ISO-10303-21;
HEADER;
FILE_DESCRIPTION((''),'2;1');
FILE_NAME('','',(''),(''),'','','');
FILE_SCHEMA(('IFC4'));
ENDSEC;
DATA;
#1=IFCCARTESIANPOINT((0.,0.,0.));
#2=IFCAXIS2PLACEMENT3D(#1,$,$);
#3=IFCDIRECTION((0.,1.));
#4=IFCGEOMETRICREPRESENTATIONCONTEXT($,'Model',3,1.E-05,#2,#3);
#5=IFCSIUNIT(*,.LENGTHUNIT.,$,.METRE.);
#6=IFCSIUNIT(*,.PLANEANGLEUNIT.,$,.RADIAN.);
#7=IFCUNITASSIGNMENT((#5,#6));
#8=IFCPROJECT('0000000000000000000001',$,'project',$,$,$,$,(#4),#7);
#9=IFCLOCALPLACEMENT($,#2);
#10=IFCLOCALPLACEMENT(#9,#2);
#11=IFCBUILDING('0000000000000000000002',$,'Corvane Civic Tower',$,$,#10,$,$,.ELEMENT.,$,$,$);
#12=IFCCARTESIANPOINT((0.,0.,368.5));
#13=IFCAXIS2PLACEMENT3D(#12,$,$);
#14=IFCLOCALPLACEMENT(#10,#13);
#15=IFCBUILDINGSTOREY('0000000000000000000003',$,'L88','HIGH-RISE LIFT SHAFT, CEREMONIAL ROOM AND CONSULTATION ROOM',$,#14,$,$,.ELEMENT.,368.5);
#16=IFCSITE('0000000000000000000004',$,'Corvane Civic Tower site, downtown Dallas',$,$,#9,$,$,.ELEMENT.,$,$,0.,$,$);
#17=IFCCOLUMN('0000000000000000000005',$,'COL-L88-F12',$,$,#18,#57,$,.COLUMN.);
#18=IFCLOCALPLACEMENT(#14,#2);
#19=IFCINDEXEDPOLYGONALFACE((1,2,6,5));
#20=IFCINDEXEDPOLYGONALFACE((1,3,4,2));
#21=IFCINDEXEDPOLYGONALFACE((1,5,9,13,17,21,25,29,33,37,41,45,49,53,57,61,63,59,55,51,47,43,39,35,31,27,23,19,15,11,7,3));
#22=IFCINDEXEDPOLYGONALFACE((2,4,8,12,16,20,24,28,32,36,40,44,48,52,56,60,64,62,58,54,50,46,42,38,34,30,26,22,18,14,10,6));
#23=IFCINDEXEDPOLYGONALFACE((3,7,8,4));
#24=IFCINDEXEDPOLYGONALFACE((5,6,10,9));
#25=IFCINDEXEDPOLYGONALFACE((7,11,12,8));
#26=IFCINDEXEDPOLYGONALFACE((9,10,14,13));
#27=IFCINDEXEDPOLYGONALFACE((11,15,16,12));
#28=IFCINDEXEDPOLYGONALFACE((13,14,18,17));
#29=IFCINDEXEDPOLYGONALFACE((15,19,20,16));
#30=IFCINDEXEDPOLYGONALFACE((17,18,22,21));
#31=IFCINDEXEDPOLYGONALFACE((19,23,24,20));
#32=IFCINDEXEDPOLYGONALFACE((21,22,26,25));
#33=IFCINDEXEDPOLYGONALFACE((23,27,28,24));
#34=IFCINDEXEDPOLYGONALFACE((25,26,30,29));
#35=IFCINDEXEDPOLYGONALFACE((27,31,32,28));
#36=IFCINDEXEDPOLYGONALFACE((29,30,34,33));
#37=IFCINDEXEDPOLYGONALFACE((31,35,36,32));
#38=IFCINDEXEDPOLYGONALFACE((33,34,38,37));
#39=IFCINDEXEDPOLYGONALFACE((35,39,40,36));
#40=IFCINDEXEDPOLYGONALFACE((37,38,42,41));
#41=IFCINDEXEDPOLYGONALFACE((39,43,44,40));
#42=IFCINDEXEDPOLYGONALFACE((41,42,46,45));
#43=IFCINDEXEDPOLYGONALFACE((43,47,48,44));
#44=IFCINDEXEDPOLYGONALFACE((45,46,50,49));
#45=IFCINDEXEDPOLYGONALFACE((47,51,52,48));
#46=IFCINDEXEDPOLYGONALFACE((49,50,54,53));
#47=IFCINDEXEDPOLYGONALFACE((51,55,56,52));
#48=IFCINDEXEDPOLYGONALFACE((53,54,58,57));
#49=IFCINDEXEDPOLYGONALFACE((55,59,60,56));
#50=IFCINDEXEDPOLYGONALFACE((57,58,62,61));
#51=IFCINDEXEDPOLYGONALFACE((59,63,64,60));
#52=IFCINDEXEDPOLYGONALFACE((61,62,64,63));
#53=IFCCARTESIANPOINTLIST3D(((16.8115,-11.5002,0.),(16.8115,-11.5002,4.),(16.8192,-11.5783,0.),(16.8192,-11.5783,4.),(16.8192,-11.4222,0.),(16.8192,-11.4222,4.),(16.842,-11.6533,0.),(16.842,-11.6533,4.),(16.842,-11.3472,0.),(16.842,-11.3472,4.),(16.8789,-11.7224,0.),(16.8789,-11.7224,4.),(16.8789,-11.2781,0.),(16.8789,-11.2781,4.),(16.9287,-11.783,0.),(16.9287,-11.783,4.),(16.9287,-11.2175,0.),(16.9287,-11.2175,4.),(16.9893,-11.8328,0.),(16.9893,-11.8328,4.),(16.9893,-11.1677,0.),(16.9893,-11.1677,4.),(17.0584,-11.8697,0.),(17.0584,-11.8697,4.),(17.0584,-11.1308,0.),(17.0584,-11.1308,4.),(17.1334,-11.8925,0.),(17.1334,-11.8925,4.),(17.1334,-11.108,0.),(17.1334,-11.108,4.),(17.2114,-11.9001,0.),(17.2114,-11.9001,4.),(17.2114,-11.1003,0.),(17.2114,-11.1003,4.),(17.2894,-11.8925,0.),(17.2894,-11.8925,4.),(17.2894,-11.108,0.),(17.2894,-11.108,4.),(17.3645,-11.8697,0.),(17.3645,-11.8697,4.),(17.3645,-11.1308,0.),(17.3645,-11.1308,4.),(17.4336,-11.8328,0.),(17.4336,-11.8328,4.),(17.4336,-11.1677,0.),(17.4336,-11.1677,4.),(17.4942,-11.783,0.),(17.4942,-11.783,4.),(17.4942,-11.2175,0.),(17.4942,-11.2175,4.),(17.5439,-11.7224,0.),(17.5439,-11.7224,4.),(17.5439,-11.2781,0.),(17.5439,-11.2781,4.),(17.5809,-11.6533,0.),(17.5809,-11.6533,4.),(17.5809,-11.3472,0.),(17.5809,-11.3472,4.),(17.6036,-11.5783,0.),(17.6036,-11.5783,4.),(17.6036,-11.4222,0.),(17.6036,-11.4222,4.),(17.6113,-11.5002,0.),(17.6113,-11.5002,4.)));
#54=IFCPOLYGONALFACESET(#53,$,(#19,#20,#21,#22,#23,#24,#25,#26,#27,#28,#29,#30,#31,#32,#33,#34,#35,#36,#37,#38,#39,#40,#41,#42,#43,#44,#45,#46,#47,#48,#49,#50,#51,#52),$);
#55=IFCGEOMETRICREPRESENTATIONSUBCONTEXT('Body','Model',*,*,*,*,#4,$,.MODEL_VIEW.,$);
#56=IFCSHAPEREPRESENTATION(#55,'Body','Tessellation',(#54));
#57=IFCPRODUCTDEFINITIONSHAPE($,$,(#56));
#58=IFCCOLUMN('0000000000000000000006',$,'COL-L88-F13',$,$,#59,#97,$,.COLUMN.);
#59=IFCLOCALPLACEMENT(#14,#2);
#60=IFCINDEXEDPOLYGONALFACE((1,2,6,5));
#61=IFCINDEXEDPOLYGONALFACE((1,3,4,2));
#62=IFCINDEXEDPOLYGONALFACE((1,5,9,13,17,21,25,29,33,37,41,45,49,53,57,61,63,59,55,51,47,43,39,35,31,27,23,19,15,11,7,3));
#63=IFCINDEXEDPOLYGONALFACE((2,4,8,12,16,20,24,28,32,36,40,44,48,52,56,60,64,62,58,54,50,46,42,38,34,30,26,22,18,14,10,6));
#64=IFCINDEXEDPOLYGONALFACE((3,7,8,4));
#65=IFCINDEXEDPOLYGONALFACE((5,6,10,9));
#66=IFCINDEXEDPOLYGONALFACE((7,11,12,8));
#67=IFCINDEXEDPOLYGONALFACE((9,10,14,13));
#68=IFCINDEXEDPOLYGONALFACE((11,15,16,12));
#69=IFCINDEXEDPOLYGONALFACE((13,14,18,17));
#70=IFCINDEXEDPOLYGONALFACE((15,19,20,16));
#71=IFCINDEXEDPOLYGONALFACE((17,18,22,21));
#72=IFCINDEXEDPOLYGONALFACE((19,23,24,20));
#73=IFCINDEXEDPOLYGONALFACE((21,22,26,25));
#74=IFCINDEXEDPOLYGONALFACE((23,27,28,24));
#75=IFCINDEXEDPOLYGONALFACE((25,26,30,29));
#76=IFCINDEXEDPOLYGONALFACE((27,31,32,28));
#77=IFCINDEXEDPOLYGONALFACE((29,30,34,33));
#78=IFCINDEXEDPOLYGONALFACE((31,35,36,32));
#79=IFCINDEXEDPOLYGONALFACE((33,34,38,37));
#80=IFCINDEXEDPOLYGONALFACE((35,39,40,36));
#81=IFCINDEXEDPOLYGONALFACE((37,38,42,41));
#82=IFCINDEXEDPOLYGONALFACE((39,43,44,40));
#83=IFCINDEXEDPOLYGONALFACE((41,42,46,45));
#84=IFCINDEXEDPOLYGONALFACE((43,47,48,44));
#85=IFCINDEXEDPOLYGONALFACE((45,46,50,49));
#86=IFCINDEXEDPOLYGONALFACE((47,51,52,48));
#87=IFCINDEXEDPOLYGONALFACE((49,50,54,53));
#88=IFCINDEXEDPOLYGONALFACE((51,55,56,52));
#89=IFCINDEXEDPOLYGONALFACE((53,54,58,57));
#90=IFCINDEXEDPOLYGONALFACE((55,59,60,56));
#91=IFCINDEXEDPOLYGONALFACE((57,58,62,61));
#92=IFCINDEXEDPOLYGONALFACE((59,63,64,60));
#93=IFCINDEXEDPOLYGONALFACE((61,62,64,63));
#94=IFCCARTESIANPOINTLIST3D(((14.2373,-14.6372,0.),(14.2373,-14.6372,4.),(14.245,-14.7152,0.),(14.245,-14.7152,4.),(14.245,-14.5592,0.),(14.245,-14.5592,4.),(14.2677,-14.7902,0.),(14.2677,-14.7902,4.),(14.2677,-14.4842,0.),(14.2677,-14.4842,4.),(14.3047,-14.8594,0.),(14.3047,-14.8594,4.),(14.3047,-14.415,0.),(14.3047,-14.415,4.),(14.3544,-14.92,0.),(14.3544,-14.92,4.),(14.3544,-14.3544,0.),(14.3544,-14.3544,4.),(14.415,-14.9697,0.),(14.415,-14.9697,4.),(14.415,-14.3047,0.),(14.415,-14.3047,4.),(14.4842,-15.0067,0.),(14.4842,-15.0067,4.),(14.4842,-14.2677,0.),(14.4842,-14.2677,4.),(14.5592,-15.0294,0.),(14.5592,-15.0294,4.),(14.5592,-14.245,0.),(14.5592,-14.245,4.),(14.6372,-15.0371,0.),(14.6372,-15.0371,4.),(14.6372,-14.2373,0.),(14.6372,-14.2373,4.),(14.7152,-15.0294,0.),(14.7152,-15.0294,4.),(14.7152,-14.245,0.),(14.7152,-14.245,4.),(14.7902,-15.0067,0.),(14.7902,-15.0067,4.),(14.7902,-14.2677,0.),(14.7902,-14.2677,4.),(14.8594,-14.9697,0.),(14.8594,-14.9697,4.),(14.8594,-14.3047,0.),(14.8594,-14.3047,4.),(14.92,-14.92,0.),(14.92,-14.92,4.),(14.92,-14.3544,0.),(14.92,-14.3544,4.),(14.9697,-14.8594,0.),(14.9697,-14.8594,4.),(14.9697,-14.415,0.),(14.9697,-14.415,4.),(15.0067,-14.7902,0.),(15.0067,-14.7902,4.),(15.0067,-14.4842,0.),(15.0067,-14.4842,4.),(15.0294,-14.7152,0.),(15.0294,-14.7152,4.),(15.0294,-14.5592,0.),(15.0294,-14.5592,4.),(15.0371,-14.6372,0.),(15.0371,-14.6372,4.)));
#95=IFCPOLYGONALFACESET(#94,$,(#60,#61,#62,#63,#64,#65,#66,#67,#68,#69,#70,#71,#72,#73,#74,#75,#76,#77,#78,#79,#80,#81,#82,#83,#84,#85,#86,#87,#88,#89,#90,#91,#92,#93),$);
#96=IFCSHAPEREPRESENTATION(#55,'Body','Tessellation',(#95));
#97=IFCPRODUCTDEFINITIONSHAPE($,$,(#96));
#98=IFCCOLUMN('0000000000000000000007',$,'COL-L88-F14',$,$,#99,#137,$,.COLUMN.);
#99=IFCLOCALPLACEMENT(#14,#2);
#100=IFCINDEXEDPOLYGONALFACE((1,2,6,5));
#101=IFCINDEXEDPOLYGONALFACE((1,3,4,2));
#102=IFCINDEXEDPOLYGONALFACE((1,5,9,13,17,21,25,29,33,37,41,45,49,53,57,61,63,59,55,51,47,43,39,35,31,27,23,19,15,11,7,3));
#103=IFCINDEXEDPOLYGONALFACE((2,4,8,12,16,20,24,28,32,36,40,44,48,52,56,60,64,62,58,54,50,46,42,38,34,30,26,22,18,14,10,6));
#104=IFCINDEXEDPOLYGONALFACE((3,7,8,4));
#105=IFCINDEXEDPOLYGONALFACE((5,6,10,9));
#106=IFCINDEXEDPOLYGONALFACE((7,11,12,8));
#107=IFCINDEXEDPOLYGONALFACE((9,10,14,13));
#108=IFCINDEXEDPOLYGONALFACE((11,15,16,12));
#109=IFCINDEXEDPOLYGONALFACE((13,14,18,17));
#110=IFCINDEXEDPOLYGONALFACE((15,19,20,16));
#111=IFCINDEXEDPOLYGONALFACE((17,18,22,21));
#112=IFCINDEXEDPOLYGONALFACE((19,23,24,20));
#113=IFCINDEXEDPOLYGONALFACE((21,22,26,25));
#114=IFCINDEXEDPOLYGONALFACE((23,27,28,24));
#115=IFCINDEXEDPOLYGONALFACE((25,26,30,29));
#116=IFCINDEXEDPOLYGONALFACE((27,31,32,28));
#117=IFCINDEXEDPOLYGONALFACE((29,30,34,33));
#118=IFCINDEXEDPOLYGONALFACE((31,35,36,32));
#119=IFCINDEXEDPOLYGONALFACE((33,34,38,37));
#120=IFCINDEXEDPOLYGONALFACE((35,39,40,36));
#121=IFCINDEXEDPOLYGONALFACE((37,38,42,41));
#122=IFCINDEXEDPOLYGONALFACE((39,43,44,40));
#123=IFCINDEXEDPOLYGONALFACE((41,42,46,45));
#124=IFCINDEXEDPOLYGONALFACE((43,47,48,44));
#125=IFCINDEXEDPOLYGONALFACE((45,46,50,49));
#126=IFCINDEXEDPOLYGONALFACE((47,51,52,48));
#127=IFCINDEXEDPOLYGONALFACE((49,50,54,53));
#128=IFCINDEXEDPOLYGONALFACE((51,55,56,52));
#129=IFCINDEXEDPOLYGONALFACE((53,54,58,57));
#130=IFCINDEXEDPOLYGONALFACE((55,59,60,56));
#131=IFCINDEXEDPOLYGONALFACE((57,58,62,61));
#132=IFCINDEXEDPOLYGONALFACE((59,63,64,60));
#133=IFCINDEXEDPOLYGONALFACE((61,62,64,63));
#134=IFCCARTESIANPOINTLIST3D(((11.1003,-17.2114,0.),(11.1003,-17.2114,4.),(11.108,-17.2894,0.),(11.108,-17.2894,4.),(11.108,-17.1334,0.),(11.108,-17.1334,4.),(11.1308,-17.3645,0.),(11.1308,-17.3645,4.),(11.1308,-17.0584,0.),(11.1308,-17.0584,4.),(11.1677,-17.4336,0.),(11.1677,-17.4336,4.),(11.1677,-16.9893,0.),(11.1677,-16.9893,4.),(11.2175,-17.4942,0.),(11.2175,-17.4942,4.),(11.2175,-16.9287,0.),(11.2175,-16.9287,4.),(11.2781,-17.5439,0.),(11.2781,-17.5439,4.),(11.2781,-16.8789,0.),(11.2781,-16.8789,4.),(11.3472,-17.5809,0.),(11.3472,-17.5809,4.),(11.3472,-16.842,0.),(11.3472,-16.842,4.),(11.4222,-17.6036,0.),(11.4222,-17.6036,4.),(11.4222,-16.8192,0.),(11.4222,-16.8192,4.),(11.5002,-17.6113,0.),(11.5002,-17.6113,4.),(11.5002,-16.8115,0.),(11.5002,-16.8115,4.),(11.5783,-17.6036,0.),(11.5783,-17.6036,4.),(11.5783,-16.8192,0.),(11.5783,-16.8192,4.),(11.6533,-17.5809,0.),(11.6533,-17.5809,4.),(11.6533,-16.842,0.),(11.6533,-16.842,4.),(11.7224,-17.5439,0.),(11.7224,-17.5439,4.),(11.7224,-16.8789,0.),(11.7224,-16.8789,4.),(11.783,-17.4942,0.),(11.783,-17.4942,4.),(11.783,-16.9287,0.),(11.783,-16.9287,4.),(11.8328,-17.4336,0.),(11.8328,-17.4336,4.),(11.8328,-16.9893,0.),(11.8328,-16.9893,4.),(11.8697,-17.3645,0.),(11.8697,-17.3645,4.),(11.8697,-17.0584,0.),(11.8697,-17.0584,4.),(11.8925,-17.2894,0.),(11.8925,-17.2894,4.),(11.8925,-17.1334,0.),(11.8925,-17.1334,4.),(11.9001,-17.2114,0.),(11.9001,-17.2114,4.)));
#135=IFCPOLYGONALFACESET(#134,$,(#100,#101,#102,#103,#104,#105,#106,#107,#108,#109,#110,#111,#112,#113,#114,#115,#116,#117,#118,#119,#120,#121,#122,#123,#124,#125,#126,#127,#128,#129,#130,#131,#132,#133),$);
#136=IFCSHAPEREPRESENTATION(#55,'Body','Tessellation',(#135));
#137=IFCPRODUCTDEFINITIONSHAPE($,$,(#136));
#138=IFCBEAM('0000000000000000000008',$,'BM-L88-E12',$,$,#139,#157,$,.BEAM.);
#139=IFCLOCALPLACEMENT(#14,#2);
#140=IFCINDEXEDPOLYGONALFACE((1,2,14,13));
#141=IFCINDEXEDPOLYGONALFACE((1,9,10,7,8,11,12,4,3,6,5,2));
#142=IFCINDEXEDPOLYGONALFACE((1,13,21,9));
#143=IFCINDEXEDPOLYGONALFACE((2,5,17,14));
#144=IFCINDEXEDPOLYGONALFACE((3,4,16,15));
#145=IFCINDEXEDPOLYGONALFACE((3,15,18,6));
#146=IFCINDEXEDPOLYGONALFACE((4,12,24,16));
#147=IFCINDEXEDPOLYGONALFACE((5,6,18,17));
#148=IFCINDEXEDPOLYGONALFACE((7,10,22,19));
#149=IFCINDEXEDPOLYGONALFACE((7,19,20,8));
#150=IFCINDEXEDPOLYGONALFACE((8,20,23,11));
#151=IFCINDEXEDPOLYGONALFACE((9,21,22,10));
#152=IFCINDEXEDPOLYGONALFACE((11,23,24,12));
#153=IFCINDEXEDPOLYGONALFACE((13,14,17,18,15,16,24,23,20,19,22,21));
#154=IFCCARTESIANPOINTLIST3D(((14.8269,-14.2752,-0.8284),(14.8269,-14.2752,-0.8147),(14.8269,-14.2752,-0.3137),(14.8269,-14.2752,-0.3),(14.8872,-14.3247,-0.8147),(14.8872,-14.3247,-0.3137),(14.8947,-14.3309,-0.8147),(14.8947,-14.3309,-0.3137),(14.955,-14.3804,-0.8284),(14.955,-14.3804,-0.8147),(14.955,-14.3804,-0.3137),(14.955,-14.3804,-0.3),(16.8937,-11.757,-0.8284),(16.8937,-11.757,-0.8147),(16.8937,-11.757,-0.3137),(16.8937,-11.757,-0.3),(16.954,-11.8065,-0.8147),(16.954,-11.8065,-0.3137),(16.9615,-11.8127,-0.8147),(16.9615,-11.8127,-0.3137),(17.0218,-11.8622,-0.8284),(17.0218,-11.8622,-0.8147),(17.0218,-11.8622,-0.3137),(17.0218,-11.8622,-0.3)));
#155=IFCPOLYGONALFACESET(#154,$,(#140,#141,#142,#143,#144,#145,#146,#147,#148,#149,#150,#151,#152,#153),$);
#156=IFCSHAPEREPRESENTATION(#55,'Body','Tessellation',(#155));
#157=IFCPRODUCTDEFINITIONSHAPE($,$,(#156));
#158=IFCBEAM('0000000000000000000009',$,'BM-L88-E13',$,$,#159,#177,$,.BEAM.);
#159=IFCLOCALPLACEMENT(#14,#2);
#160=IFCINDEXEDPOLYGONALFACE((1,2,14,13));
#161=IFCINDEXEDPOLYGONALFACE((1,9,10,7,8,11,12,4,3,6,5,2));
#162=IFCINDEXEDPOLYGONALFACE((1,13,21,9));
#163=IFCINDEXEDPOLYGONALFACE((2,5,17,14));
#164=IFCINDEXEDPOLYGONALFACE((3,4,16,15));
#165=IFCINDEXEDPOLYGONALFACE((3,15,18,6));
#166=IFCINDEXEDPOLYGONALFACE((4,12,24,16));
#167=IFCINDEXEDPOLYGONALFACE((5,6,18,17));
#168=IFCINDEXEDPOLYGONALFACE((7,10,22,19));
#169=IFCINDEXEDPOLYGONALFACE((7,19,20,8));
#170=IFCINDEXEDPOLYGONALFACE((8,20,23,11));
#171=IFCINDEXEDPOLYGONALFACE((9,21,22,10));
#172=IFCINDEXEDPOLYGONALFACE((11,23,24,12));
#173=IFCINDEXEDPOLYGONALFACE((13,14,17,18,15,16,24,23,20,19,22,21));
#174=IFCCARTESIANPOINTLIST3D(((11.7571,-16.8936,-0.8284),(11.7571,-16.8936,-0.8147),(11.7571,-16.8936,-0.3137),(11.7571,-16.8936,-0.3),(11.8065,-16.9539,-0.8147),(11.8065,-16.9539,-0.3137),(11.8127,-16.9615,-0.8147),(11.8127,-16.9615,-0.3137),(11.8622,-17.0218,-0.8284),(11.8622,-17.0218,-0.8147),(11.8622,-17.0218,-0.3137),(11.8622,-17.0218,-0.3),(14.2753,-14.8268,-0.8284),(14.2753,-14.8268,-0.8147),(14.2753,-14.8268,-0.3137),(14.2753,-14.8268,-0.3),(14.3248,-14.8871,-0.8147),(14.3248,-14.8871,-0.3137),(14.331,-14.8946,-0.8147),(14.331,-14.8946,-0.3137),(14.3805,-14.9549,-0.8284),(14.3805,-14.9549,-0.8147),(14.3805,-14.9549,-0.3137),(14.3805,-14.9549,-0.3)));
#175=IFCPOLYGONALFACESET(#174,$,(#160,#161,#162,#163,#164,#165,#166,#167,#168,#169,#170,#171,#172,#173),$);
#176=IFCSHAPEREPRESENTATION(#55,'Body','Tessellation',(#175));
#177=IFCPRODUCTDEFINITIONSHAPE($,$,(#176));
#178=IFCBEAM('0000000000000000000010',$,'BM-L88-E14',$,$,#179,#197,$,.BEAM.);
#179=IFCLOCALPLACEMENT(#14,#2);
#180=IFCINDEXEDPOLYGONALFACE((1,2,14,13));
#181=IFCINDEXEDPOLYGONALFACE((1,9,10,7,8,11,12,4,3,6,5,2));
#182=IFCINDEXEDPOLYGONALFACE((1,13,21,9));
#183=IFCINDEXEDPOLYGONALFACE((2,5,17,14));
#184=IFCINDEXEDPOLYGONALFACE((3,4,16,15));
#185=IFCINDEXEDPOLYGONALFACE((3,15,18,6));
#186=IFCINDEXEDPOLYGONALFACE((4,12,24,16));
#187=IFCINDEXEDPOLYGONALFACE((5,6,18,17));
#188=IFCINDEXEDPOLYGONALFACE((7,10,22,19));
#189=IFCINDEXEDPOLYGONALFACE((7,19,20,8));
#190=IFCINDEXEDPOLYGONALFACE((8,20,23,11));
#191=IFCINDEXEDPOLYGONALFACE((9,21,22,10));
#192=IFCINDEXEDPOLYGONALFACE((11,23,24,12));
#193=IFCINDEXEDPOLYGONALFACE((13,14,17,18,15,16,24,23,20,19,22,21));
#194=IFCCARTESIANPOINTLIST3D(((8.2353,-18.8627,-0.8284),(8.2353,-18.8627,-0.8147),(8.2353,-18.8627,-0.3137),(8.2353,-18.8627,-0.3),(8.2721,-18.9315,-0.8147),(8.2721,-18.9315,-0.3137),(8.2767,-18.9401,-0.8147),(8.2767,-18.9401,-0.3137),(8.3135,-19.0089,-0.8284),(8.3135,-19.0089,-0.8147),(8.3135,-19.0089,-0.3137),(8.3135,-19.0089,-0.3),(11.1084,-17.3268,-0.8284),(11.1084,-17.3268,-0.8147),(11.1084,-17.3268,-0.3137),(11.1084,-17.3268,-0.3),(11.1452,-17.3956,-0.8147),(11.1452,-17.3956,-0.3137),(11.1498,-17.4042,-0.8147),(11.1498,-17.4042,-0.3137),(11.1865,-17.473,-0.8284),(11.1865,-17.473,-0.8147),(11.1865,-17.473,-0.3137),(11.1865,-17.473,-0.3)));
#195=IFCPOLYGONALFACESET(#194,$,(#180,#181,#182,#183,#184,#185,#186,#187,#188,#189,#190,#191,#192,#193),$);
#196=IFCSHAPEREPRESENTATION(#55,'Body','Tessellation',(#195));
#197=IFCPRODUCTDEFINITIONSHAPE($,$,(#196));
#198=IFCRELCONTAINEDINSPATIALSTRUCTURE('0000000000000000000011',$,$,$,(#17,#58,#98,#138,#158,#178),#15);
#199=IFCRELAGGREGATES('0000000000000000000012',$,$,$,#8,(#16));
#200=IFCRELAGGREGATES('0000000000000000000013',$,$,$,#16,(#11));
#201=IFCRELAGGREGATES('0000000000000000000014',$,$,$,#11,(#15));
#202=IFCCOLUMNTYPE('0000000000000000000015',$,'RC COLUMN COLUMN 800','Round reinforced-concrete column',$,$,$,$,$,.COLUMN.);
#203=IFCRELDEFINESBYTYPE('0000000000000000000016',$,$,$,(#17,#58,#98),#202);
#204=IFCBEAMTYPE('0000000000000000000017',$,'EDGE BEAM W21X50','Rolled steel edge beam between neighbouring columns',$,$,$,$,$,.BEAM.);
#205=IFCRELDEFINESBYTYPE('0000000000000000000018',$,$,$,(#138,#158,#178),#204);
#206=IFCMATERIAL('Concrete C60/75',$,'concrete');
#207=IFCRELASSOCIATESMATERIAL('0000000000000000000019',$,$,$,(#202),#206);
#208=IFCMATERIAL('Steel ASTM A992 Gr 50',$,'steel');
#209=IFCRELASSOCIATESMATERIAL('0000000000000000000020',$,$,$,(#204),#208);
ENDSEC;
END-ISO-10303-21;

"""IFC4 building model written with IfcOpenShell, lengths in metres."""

from ifc_helpers import new_model, si_unit, direction, frame, origin, origin_2d, place, context, subcontext, project, spatial, circle, i_section, extrude, material, material_profile, profile_set, type_object, element, save


model = new_model("IFC4")

# Units and contexts
model_context = context("Model", 3, precision=1e-05, world=origin(), true_north=direction((0.0, 1.0)))
body_context = subcontext(model_context, "Body", "Model", "MODEL_VIEW")
ifc_project = project(units=[si_unit("LENGTHUNIT", "METRE"), si_unit("PLANEANGLEUNIT", "RADIAN")], contexts=[model_context])

# Site, building, storey
site_placement = place(None, origin())
site = spatial("IfcSite", under=ifc_project, at=site_placement, Name="Corvane Civic Tower site, downtown Dallas", CompositionType="ELEMENT", RefElevation=0.0)
building_placement = place(site_placement, origin())
building = spatial("IfcBuilding", under=site, at=building_placement, Name="Corvane Civic Tower", CompositionType="ELEMENT")
storey_placement = place(building_placement, frame((0.0, 0.0, 368.5)))
storey = spatial("IfcBuildingStorey", under=building, at=storey_placement, Name="L88", Description="HIGH-RISE LIFT SHAFT, CEREMONIAL ROOM AND CONSULTATION ROOM", CompositionType="ELEMENT", Elevation=368.5)

# Columns
ifc_material_1 = material(Name="Concrete C60/75", Category="concrete")
ifc_material_profile_1 = material_profile(ifc_material_1, circle(Radius=0.3999, at=origin_2d()), Name="COLUMN 800")
ifc_profile_set_1 = profile_set([ifc_material_profile_1], Name="Concrete C60/75")
column_type = type_object("IfcColumnType", Name="RC COLUMN COLUMN 800", Description="Round reinforced-concrete column", PredefinedType="COLUMN", material=ifc_profile_set_1)
for number, where, z_axis, x_axis, name in (
    (1, (17.2114, -11.5002, 0.0), (0.0, 0.0, 1.0), (1.0, 0.0, 0.0), "COL-L88-F12"),
    (2, (14.6372, -14.6372, 0.0), (0.0, 0.0, 1.0), (1.0, 0.0, 0.0), "COL-L88-F13"),
    (3, (11.5002, -17.2114, 0.0), (0.0, 0.0, 1.0), (1.0, 0.0, 0.0), "COL-L88-F14"),
):
    element("IfcColumn", number, at=place(storey_placement, frame(where, z_axis=z_axis, x_axis=x_axis)), inside=storey, type_object=column_type, Name=name, PredefinedType="COLUMN", context=body_context, shape_type="SweptSolid", body=[
        extrude(circle(Radius=0.3999, at=origin_2d()), origin(), (0.0, 0.0, 1.0), 4.0),
    ])

# Beams
ifc_material_2 = material(Name="Steel ASTM A992 Gr 50", Category="steel")
ifc_material_profile_2 = material_profile(ifc_material_2, i_section(OverallWidth=0.1658, OverallDepth=0.5283, WebThickness=0.0098, FlangeThickness=0.0137, at=origin_2d()), Name="W21X50")
ifc_profile_set_2 = profile_set([ifc_material_profile_2], Name="Steel ASTM A992 Gr 50")
beam_type_1 = type_object("IfcBeamType", Name="EDGE BEAM W21X50", Description="Rolled steel edge beam between neighbouring columns", PredefinedType="BEAM", material=ifc_profile_set_2)
for number, where, z_axis, x_axis, name in (
    (4, (16.9578, -11.8096, -0.5642), (-0.634425, -0.772985, 0.0), (0.772985, -0.634425, 0.0), "BM-L88-E12"),
    (5, (14.3279, -14.8909, -0.5642), (-0.772985, -0.634425, 0.0), (0.634425, -0.772985, 0.0), "BM-L88-E13"),
    (6, (11.1475, -17.3999, -0.5642), (-0.881894, -0.471448, 0.0), (0.471448, -0.881894, 0.0), "BM-L88-E14"),
):
    element("IfcBeam", number, at=place(storey_placement, frame(where, z_axis=z_axis, x_axis=x_axis)), inside=storey, type_object=beam_type_1, Name=name, PredefinedType="BEAM", context=body_context, shape_type="SweptSolid", body=[
        extrude(i_section(OverallWidth=0.1658, OverallDepth=0.5283, WebThickness=0.0098, FlangeThickness=0.0137, at=origin_2d()), origin(), (0.0, 0.0, 1.0), 3.2578),
    ])

save(model, "model.ifc")
